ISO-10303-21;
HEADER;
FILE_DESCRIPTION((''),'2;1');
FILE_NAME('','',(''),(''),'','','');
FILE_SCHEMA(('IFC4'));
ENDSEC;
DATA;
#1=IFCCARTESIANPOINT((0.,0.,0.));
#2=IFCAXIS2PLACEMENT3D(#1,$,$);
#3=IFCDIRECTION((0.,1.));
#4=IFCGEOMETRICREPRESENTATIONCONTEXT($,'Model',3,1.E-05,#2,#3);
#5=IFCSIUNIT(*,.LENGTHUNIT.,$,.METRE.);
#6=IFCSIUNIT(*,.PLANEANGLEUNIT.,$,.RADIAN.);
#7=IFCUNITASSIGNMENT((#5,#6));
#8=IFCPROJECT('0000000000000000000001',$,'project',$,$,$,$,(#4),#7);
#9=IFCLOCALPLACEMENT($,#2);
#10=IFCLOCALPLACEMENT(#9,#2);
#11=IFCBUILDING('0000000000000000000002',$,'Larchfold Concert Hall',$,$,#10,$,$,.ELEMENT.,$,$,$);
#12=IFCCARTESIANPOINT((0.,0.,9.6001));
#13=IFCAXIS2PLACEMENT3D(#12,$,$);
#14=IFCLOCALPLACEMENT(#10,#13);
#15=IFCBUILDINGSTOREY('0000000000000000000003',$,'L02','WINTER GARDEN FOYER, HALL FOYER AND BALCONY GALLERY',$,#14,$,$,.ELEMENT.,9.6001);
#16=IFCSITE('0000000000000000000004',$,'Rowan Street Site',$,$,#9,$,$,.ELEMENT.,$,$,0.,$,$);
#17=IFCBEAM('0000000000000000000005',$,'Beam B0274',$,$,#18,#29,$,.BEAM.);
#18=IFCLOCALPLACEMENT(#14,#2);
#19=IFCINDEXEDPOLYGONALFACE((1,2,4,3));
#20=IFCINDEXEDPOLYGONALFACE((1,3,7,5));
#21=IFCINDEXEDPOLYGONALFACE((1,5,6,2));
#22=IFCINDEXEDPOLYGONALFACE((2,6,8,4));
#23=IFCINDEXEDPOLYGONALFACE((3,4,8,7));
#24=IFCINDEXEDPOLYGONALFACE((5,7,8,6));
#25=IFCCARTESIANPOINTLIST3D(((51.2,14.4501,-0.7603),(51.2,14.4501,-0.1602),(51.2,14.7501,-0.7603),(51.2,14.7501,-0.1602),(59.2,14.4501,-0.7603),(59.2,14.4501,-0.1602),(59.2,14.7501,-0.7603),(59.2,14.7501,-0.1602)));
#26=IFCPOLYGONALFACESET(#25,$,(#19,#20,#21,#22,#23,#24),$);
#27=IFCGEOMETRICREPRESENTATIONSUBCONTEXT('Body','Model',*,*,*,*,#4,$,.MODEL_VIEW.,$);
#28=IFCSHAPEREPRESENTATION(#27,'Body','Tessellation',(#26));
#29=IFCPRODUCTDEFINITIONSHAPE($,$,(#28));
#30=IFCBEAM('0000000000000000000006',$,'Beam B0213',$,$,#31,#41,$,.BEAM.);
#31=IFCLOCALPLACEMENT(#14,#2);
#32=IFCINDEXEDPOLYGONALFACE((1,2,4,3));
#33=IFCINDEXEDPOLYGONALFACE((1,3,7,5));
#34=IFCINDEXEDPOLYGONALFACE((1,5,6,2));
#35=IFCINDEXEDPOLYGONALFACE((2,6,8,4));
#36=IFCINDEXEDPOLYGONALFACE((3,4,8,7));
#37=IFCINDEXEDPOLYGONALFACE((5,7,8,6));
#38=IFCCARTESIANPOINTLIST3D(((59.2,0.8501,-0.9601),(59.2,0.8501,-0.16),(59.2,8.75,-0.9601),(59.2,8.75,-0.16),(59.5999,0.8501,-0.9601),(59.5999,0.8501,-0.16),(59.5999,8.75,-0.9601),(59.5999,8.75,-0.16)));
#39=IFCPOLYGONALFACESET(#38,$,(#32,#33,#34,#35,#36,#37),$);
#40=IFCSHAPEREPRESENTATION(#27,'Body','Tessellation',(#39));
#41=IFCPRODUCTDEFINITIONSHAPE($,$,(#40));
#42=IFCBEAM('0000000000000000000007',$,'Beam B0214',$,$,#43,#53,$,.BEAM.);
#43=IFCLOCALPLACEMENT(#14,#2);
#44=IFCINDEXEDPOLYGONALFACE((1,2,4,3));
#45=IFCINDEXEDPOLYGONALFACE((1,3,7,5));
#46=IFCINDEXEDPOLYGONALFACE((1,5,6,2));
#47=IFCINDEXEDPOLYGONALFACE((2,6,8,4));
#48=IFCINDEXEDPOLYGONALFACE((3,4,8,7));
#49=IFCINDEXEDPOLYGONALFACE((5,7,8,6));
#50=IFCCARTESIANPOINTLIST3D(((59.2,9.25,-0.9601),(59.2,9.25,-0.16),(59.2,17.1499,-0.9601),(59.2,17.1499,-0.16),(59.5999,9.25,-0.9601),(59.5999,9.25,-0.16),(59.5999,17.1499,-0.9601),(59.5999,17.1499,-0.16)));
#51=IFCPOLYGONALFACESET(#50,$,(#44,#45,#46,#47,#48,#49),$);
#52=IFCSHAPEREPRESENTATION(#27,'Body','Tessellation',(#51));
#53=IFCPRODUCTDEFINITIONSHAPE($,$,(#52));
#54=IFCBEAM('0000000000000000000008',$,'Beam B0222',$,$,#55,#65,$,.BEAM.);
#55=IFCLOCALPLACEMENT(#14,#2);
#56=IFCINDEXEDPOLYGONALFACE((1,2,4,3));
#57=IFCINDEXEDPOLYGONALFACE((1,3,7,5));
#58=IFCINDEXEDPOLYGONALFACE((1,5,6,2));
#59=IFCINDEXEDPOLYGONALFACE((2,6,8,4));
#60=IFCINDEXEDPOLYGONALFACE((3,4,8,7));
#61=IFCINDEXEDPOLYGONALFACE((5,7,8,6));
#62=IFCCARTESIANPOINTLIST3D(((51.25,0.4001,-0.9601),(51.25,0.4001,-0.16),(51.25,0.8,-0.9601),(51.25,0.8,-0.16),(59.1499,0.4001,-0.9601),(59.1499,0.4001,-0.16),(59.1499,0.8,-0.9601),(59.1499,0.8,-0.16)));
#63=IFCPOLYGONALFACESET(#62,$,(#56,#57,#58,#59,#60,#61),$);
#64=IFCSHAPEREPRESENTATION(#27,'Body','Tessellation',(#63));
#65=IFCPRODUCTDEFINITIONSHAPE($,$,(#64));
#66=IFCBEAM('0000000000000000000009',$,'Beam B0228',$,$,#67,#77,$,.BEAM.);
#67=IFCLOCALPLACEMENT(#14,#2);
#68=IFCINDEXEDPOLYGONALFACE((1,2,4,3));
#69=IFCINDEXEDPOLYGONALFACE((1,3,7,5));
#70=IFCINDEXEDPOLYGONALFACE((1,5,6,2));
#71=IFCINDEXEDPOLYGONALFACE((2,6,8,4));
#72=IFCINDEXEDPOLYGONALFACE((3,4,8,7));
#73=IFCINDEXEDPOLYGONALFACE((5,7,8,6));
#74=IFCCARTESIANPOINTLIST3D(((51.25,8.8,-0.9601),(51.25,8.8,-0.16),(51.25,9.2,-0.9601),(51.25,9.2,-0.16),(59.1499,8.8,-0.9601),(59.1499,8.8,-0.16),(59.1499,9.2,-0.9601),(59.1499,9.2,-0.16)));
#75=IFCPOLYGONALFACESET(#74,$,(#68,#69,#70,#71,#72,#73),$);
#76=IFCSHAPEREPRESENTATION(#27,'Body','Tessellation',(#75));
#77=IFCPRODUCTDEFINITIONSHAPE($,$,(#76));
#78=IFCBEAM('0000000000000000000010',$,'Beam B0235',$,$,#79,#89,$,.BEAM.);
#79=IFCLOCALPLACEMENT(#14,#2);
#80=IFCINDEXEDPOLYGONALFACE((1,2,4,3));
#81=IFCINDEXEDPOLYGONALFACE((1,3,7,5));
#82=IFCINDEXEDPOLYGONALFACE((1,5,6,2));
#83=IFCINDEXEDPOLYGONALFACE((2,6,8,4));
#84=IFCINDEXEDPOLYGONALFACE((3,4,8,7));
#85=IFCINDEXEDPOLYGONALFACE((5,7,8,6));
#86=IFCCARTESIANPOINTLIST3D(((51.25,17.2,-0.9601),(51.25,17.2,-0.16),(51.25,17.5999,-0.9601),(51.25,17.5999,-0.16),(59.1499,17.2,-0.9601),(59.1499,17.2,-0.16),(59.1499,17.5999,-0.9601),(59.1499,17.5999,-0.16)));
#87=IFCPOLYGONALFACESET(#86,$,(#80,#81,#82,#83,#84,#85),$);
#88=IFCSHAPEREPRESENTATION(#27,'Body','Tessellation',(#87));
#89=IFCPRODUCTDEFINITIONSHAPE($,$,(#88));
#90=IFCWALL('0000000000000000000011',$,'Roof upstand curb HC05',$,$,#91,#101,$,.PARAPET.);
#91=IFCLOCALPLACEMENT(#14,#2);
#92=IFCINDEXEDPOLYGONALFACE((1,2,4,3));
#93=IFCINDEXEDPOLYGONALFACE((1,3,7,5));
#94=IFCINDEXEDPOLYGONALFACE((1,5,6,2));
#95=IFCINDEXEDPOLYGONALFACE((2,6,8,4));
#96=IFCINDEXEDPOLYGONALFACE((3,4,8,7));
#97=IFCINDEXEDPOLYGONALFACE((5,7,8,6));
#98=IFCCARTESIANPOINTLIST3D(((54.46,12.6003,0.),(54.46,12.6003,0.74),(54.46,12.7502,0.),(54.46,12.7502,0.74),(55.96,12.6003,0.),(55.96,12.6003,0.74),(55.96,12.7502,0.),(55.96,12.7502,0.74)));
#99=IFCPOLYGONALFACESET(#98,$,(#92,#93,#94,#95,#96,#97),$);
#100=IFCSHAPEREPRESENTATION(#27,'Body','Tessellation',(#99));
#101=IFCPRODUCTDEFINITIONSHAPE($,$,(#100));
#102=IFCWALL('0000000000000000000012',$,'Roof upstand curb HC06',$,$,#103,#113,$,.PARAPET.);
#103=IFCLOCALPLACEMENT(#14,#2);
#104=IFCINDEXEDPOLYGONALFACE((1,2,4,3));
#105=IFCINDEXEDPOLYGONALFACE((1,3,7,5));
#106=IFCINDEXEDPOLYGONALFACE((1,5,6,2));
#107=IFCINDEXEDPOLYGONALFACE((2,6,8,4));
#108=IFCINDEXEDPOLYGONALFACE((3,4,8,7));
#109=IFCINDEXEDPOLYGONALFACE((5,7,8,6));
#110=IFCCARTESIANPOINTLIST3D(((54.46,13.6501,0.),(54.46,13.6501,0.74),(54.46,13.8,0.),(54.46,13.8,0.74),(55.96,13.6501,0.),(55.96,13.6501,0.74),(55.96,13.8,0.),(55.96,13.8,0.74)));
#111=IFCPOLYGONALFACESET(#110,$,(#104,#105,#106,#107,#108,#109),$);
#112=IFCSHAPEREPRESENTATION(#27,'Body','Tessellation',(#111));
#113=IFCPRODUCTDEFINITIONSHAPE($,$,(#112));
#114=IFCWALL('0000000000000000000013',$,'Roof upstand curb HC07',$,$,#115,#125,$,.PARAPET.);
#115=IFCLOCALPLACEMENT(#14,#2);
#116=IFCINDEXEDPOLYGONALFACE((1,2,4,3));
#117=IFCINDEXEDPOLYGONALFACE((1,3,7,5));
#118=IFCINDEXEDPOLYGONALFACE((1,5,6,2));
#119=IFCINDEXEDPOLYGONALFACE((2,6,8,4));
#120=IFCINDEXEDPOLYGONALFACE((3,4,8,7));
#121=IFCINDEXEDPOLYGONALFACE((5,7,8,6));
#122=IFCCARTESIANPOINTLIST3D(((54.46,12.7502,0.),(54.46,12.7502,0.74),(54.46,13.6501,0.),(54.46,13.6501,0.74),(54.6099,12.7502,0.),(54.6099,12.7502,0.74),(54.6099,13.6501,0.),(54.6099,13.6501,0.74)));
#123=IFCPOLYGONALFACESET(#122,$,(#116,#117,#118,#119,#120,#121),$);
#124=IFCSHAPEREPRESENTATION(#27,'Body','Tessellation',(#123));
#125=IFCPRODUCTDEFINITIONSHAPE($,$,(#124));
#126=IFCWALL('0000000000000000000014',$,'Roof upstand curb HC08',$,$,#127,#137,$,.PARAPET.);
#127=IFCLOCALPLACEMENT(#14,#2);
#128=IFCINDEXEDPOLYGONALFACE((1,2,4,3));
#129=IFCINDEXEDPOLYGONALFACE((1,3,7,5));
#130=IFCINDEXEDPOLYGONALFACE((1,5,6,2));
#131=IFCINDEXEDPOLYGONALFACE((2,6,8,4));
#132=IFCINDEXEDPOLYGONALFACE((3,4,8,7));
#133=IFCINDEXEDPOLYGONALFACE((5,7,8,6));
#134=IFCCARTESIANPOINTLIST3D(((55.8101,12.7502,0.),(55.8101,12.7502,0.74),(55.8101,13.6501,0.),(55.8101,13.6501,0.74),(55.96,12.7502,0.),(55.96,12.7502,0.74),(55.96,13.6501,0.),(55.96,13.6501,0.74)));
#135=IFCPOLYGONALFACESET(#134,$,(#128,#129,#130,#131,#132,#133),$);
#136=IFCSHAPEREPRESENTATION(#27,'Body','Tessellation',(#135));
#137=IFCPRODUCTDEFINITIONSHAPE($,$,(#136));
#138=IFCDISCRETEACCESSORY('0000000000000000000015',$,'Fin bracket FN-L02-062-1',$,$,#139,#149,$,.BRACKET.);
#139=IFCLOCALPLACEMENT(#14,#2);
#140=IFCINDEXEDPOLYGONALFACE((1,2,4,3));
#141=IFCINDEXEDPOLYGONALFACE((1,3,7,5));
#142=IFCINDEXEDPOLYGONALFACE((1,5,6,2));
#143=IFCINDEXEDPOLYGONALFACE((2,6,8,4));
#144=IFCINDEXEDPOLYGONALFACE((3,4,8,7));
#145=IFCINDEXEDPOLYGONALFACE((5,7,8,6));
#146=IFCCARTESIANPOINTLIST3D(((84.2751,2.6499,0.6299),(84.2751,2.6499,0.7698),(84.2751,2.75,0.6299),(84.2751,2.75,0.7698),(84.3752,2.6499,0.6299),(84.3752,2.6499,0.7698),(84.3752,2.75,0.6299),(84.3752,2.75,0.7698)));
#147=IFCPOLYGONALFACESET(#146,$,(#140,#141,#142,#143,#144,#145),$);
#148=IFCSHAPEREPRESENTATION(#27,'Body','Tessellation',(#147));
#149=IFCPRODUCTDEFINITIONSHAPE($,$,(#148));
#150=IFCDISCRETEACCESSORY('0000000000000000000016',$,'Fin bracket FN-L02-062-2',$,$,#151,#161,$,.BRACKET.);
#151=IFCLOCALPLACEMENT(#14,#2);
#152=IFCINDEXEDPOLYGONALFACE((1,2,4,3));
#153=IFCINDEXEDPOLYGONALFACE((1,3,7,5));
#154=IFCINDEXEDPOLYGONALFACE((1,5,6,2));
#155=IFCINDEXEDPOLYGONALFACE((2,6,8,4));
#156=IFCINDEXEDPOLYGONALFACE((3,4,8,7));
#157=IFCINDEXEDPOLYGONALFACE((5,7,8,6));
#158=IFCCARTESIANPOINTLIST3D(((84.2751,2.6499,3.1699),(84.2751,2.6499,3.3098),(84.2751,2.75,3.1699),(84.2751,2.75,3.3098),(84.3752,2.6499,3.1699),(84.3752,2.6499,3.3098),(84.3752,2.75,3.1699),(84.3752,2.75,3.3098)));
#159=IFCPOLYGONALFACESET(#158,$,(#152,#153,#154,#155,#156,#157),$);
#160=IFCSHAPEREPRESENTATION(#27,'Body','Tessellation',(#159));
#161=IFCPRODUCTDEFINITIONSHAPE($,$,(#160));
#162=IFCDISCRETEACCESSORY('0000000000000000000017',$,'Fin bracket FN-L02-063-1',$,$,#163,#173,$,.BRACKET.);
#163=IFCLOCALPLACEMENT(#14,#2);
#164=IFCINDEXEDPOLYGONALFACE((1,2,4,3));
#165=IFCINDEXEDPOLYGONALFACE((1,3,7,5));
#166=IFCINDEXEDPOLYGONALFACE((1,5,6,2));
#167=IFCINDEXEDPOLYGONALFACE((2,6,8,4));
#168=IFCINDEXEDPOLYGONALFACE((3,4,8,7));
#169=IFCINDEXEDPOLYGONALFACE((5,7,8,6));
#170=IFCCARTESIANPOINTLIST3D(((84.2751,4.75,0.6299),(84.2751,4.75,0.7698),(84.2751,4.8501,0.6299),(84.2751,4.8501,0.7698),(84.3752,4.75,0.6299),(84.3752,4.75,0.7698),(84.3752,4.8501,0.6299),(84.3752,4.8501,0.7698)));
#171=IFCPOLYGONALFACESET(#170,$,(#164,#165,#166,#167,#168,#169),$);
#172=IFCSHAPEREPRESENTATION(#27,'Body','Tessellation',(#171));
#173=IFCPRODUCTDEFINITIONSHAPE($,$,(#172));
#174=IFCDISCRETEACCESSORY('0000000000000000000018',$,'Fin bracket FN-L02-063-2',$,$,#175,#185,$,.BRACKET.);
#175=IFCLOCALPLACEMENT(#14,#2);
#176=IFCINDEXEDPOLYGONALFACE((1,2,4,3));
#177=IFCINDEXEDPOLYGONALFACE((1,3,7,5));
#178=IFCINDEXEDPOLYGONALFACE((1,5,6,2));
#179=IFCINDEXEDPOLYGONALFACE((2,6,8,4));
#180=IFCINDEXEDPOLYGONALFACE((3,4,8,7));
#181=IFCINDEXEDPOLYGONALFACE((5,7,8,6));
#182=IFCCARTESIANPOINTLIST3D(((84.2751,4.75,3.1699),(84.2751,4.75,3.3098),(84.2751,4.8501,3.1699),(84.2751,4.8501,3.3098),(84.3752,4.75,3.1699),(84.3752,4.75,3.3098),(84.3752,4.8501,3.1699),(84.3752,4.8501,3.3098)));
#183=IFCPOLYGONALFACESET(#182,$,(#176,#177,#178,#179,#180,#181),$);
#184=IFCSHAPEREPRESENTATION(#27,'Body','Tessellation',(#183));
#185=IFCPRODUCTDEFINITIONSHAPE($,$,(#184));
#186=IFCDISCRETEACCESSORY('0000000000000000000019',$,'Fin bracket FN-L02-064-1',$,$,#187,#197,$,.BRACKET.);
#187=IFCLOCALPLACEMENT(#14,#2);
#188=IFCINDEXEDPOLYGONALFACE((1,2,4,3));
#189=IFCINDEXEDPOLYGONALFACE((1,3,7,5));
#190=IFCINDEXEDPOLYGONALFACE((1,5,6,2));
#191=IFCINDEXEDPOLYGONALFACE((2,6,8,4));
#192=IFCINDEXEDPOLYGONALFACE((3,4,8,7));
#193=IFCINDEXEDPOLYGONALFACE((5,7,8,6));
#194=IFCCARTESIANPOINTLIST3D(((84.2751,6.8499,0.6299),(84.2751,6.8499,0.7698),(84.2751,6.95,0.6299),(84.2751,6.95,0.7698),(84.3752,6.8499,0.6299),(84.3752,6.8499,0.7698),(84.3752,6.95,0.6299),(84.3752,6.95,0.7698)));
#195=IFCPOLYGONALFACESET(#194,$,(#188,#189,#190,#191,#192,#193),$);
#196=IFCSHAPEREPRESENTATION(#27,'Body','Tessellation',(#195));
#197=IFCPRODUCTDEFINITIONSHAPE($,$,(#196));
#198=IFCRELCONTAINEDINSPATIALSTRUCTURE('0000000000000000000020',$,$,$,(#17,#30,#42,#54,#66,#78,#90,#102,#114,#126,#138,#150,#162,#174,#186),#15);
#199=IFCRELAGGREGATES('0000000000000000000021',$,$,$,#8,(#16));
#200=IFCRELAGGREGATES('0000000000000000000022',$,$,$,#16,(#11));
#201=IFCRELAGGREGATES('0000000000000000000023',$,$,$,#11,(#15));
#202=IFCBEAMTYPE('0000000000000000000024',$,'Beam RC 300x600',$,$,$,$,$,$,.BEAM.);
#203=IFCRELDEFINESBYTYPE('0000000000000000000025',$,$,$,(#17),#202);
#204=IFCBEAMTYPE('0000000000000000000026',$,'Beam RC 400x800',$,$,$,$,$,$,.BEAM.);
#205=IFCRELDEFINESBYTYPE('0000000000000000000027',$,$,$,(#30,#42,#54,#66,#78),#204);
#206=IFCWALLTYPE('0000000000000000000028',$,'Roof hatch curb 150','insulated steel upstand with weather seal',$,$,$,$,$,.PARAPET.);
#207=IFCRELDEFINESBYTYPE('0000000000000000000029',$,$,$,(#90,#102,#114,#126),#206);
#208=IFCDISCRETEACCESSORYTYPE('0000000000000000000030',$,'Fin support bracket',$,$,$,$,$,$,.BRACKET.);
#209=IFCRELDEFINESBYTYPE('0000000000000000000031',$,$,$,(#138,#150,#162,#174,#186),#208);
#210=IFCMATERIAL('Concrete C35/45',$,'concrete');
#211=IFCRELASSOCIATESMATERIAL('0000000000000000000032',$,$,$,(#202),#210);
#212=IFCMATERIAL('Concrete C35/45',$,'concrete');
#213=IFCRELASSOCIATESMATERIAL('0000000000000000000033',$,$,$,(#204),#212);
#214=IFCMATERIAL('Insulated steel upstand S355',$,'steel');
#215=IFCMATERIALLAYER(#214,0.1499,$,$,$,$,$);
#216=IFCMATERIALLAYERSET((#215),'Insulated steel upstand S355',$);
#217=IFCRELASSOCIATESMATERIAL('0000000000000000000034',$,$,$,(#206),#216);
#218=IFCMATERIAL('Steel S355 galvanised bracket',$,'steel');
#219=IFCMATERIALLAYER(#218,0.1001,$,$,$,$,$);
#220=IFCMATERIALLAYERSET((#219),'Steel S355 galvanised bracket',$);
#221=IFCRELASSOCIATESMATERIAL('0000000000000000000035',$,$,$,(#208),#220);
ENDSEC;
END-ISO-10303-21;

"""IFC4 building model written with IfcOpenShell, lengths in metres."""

from ifc_helpers import new_model, si_unit, direction, frame, frame_2d, origin, origin_2d, place, context, subcontext, project, spatial, rectangle, extrude, material, layer, layer_set, material_profile, profile_set, type_object, element, save


model = new_model("IFC4")

# Units and contexts
model_context = context("Model", 3, precision=1e-05, world=origin(), true_north=direction((0.0, 1.0)))
body_context = subcontext(model_context, "Body", "Model", "MODEL_VIEW")
ifc_project = project(units=[si_unit("LENGTHUNIT", "METRE"), si_unit("PLANEANGLEUNIT", "RADIAN")], contexts=[model_context])

# Site, building, storey
site_placement = place(None, origin())
site = spatial("IfcSite", under=ifc_project, at=site_placement, Name="Rowan Street Site", CompositionType="ELEMENT", RefElevation=0.0)
building_placement = place(site_placement, origin())
building = spatial("IfcBuilding", under=site, at=building_placement, Name="Larchfold Concert Hall", CompositionType="ELEMENT")
storey_placement = place(building_placement, frame((0.0, 0.0, 9.6001)))
storey = spatial("IfcBuildingStorey", under=building, at=storey_placement, Name="L02", Description="WINTER GARDEN FOYER, HALL FOYER AND BALCONY GALLERY", CompositionType="ELEMENT", Elevation=9.6001)

# Beams
ifc_material_1 = material(Name="Concrete C35/45", Category="concrete")
ifc_material_profile_1 = material_profile(ifc_material_1, rectangle(XDim=0.3, YDim=0.6001, at=origin_2d()))
ifc_profile_set_1 = profile_set([ifc_material_profile_1], Name="Concrete C35/45")
beam_type_1 = type_object("IfcBeamType", Name="Beam RC 300x600", PredefinedType="BEAM", material=ifc_profile_set_1)
beam_placement = place(storey_placement, frame((51.2, 14.6001, -0.4602), z_axis=(1.0, 0.0, 0.0), x_axis=(0.0, 1.0, 0.0)))
element("IfcBeam", 1, at=beam_placement, inside=storey, type_object=beam_type_1, Name="Beam B0274", PredefinedType="BEAM", context=body_context, shape_type="SweptSolid", body=[
    extrude(rectangle(XDim=0.3, YDim=0.6001, at=origin_2d()), origin(), (0.0, 0.0, 1.0), 8.0),
])
ifc_material_2 = material(Name="Concrete C35/45", Category="concrete")
ifc_material_profile_2 = material_profile(ifc_material_2, rectangle(XDim=0.3999, YDim=0.8, at=origin_2d()))
ifc_profile_set_2 = profile_set([ifc_material_profile_2], Name="Concrete C35/45")
beam_type_2 = type_object("IfcBeamType", Name="Beam RC 400x800", PredefinedType="BEAM", material=ifc_profile_set_2)
for number, where, z_axis, x_axis, name in (
    (2, (59.3999, 0.8501, -0.5601), (0.0, 1.0, 0.0), (-1.0, 0.0, 0.0), "Beam B0213"),
    (3, (59.3999, 9.25, -0.5601), (0.0, 1.0, 0.0), (-1.0, 0.0, 0.0), "Beam B0214"),
    (4, (51.25, 0.6001, -0.5601), (1.0, 0.0, 0.0), (0.0, 1.0, 0.0), "Beam B0222"),
    (5, (51.25, 9.0, -0.5601), (1.0, 0.0, 0.0), (0.0, 1.0, 0.0), "Beam B0228"),
    (6, (51.25, 17.3999, -0.5601), (1.0, 0.0, 0.0), (0.0, 1.0, 0.0), "Beam B0235"),
):
    element("IfcBeam", number, at=place(storey_placement, frame(where, z_axis=z_axis, x_axis=x_axis)), inside=storey, type_object=beam_type_2, Name=name, PredefinedType="BEAM", context=body_context, shape_type="SweptSolid", body=[
        extrude(rectangle(XDim=0.3999, YDim=0.8, at=origin_2d()), origin(), (0.0, 0.0, 1.0), 7.8999),
    ])

# Walls
ifc_material_3 = material(Name="Insulated steel upstand S355", Category="steel")
ifc_layer_1 = layer(ifc_material_3, 0.1499)
ifc_layer_set_1 = layer_set([ifc_layer_1], Name="Insulated steel upstand S355")
wall_type = type_object("IfcWallType", Name="Roof hatch curb 150", Description="insulated steel upstand with weather seal", PredefinedType="PARAPET", material=ifc_layer_set_1)
for number, where, z_axis, x_axis, name in (
    (7, (54.46, 12.6753, 0.0), (0.0, 0.0, 1.0), (1.0, 0.0, 0.0), "Roof upstand curb HC05"),
    (8, (54.46, 13.7251, 0.0), (0.0, 0.0, 1.0), (1.0, 0.0, 0.0), "Roof upstand curb HC06"),
):
    element("IfcWall", number, at=place(storey_placement, frame(where, z_axis=z_axis, x_axis=x_axis)), inside=storey, type_object=wall_type, Name=name, PredefinedType="PARAPET", context=body_context, shape_type="SweptSolid", body=[
        extrude(rectangle(XDim=1.5, YDim=0.1499, at=frame_2d((0.75, 0.0))), origin(), (0.0, 0.0, 1.0), 0.74),
    ])
for number, where, z_axis, x_axis, name in (
    (9, (54.5349, 12.7502, 0.0), (0.0, 0.0, 1.0), (0.0, 1.0, 0.0), "Roof upstand curb HC07"),
    (10, (55.885, 12.7502, 0.0), (0.0, 0.0, 1.0), (0.0, 1.0, 0.0), "Roof upstand curb HC08"),
):
    element("IfcWall", number, at=place(storey_placement, frame(where, z_axis=z_axis, x_axis=x_axis)), inside=storey, type_object=wall_type, Name=name, PredefinedType="PARAPET", context=body_context, shape_type="SweptSolid", body=[
        extrude(rectangle(XDim=0.8999, YDim=0.1499, at=frame_2d((0.45, 0.0))), origin(), (0.0, 0.0, 1.0), 0.74),
    ])

# Discrete accessories
ifc_material_4 = material(Name="Steel S355 galvanised bracket", Category="steel")
ifc_layer_2 = layer(ifc_material_4, 0.1001)
ifc_layer_set_2 = layer_set([ifc_layer_2], Name="Steel S355 galvanised bracket")
discrete_accessory_type = type_object("IfcDiscreteAccessoryType", Name="Fin support bracket", PredefinedType="BRACKET", material=ifc_layer_set_2)
for number, where, z_axis, x_axis, name in (
    (11, (84.3252, 2.7, 0.6299), (0.0, 0.0, 1.0), (-1.0, 0.0, 0.0), "Fin bracket FN-L02-062-1"),
    (12, (84.3252, 2.7, 3.1699), (0.0, 0.0, 1.0), (-1.0, 0.0, 0.0), "Fin bracket FN-L02-062-2"),
    (13, (84.3252, 4.8, 0.6299), (0.0, 0.0, 1.0), (-1.0, 0.0, 0.0), "Fin bracket FN-L02-063-1"),
    (14, (84.3252, 4.8, 3.1699), (0.0, 0.0, 1.0), (-1.0, 0.0, 0.0), "Fin bracket FN-L02-063-2"),
    (15, (84.3252, 6.8999, 0.6299), (0.0, 0.0, 1.0), (-1.0, 0.0, 0.0), "Fin bracket FN-L02-064-1"),
):
    element("IfcDiscreteAccessory", number, at=place(storey_placement, frame(where, z_axis=z_axis, x_axis=x_axis)), inside=storey, type_object=discrete_accessory_type, Name=name, PredefinedType="BRACKET", context=body_context, shape_type="SweptSolid", body=[
        extrude(rectangle(XDim=0.1001, YDim=0.1001, at=origin_2d()), origin(), (0.0, 0.0, 1.0), 0.1399),
    ])

save(model, "model.ifc")
